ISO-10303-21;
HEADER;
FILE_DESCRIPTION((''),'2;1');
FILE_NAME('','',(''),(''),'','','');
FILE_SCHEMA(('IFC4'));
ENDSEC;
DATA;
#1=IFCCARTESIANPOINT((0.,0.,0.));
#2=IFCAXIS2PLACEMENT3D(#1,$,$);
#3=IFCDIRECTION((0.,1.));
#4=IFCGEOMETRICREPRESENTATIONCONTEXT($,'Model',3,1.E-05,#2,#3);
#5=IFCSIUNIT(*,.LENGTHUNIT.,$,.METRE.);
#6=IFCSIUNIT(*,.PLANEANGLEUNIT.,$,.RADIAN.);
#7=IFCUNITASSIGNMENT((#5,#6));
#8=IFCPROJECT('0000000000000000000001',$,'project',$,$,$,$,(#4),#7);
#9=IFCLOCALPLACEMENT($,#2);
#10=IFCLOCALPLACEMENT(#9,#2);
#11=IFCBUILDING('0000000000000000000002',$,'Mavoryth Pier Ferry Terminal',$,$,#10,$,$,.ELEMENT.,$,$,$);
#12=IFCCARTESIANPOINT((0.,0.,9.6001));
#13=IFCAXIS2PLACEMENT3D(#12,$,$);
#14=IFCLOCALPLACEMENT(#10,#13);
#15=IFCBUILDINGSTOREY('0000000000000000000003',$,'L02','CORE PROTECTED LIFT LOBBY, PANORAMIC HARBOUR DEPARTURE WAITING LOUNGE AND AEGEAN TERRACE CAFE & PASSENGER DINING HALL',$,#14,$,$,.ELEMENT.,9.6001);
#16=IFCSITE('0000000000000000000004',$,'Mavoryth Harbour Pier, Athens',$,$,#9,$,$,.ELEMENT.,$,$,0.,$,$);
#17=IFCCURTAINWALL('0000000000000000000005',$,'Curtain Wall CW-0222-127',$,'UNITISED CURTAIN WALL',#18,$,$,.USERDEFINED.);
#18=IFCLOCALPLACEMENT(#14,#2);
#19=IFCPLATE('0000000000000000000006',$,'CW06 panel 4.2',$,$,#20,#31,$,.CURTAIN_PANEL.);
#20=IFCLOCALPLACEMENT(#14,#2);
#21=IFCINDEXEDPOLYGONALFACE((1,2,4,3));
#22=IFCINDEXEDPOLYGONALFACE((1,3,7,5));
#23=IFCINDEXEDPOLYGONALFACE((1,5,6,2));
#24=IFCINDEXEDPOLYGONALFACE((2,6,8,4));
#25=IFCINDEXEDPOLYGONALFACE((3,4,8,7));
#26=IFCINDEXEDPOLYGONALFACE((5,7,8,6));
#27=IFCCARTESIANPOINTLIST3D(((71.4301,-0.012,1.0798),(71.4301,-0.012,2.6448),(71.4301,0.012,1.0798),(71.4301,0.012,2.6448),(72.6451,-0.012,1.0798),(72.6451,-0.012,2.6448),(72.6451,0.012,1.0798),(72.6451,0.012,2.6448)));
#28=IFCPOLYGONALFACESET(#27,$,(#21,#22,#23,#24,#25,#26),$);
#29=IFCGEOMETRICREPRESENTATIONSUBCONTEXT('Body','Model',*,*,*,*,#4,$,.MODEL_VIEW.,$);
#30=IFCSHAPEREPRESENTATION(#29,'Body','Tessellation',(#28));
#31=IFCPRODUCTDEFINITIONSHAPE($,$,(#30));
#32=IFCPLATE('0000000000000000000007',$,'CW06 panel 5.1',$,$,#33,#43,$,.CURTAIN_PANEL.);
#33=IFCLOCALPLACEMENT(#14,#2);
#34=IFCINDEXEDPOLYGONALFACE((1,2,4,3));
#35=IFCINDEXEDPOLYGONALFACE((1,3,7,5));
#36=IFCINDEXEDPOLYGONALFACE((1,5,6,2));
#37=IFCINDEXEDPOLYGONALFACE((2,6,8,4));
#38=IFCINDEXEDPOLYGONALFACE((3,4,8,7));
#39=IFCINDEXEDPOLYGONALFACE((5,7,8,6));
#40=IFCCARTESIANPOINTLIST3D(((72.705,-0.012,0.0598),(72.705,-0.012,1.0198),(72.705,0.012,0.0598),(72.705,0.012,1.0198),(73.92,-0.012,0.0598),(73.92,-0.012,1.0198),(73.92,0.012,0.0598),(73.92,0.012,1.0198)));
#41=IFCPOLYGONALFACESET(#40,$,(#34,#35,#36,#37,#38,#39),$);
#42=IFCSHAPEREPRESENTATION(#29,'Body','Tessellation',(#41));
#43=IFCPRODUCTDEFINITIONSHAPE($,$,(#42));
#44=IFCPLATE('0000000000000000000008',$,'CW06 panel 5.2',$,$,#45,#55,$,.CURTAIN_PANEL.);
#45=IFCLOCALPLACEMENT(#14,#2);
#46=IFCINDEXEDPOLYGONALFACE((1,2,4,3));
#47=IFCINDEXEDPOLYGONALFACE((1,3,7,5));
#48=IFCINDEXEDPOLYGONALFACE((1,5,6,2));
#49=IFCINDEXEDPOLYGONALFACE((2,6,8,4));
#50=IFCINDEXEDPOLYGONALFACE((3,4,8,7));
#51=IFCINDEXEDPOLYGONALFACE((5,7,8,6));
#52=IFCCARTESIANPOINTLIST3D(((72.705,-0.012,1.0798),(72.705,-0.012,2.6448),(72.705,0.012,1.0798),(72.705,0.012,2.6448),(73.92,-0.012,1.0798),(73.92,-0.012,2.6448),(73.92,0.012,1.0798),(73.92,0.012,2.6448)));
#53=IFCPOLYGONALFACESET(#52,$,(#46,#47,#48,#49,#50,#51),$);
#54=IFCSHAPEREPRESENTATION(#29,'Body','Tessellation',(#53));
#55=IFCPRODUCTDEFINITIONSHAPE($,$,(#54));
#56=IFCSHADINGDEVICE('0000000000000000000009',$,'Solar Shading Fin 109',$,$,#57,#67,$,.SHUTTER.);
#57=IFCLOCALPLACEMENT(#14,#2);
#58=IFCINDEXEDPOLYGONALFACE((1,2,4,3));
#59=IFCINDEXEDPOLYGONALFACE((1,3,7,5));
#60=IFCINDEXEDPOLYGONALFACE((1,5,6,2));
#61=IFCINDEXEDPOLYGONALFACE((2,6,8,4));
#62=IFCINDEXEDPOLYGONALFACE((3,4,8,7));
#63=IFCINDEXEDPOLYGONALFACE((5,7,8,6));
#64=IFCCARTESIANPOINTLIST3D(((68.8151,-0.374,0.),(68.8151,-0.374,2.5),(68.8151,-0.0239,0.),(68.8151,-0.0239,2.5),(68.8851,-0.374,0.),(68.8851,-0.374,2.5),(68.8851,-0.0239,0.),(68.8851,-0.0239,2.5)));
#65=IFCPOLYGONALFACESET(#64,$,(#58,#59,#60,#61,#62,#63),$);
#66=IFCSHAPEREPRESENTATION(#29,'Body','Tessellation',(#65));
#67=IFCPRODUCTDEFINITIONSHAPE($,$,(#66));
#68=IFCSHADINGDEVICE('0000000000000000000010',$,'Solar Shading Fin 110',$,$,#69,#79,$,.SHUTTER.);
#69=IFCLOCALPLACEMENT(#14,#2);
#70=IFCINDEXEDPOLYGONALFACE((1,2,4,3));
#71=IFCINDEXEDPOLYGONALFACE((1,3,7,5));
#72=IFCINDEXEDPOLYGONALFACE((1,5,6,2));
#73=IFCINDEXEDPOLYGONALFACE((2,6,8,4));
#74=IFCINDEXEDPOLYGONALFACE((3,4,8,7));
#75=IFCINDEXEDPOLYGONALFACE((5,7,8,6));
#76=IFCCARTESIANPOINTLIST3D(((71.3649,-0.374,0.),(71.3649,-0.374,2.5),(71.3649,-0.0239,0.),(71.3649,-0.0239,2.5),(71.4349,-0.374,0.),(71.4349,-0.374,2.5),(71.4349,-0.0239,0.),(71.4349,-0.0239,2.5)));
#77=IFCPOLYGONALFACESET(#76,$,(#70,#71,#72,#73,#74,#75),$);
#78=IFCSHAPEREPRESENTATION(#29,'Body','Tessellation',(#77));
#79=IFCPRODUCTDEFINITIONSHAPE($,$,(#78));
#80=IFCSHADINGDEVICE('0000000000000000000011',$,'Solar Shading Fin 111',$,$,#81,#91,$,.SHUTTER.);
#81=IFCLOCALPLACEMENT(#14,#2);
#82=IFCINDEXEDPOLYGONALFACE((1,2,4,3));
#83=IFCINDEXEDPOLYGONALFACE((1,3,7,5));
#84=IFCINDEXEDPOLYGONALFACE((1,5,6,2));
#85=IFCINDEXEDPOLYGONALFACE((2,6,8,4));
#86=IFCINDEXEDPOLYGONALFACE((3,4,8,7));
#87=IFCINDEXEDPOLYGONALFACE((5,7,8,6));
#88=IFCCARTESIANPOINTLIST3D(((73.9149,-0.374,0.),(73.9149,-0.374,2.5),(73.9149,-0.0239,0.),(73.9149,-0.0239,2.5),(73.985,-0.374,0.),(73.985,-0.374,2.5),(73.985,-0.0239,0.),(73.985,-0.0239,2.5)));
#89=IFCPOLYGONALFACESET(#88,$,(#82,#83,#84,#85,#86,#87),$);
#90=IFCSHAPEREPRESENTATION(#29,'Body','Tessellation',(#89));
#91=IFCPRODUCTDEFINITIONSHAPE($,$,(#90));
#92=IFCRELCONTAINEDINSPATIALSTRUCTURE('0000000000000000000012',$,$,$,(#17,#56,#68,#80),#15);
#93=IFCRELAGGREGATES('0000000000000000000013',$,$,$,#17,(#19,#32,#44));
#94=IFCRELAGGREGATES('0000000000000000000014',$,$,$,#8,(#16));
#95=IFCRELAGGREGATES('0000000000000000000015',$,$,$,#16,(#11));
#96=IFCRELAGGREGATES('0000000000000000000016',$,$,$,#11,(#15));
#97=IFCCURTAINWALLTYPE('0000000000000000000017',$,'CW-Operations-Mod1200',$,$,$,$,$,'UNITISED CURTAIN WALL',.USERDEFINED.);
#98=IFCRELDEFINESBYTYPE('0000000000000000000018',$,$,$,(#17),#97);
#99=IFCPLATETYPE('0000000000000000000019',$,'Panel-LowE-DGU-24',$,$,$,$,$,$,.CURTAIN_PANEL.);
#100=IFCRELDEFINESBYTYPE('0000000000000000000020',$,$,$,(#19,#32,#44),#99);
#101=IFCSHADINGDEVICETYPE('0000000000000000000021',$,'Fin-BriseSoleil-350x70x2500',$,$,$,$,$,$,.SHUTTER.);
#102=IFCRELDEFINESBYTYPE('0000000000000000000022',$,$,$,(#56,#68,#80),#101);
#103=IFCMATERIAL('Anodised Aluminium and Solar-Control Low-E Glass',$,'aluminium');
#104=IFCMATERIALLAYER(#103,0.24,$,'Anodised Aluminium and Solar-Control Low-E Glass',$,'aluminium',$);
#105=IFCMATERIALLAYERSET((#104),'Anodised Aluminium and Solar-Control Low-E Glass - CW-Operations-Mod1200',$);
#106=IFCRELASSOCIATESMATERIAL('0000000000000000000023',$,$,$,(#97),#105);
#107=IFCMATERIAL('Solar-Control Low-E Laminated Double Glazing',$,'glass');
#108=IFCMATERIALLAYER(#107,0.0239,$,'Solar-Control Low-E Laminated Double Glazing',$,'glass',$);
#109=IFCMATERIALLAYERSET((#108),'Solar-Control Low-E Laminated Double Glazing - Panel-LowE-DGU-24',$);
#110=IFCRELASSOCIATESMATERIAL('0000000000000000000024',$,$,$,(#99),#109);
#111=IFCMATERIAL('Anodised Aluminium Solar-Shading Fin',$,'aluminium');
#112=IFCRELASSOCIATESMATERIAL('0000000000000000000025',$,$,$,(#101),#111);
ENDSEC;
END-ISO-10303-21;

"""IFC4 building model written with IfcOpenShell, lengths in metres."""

from ifc_helpers import new_model, si_unit, direction, frame, origin, origin_2d, place, context, subcontext, project, spatial, rectangle, extrude, material, layer, layer_set, type_object, element, aggregate, save


model = new_model("IFC4")

# Units and contexts
model_context = context("Model", 3, precision=1e-05, world=origin(), true_north=direction((0.0, 1.0)))
body_context = subcontext(model_context, "Body", "Model", "MODEL_VIEW")
ifc_project = project(units=[si_unit("LENGTHUNIT", "METRE"), si_unit("PLANEANGLEUNIT", "RADIAN")], contexts=[model_context])

# Site, building, storey
site_placement = place(None, origin())
site = spatial("IfcSite", under=ifc_project, at=site_placement, Name="Mavoryth Harbour Pier, Athens", CompositionType="ELEMENT", RefElevation=0.0)
building_placement = place(site_placement, origin())
building = spatial("IfcBuilding", under=site, at=building_placement, Name="Mavoryth Pier Ferry Terminal", CompositionType="ELEMENT")
storey_placement = place(building_placement, frame((0.0, 0.0, 9.6001)))
storey = spatial("IfcBuildingStorey", under=building, at=storey_placement, Name="L02", Description="CORE PROTECTED LIFT LOBBY, PANORAMIC HARBOUR DEPARTURE WAITING LOUNGE AND AEGEAN TERRACE CAFE & PASSENGER DINING HALL", CompositionType="ELEMENT", Elevation=9.6001)

# Shared definitions
ifc_material_1 = material(Name="Anodised Aluminium and Solar-Control Low-E Glass", Category="aluminium")
ifc_layer_1 = layer(ifc_material_1, 0.24, Name="Anodised Aluminium and Solar-Control Low-E Glass", Category="aluminium")
ifc_layer_set_1 = layer_set([ifc_layer_1], Name="Anodised Aluminium and Solar-Control Low-E Glass - CW-Operations-Mod1200")
curtain_wall_type = type_object("IfcCurtainWallType", Name="CW-Operations-Mod1200", ElementType="UNITISED CURTAIN WALL", PredefinedType="USERDEFINED", material=ifc_layer_set_1)

# Curtain wall
curtain_wall_1_placement = place(storey_placement, origin())
curtain_wall_1 = element("IfcCurtainWall", 1, at=curtain_wall_1_placement, inside=storey, type_object=curtain_wall_type, Name="Curtain Wall CW-0222-127", ObjectType="UNITISED CURTAIN WALL", PredefinedType="USERDEFINED")

# Plates
ifc_material_2 = material(Name="Solar-Control Low-E Laminated Double Glazing", Category="glass")
ifc_layer_2 = layer(ifc_material_2, 0.0239, Name="Solar-Control Low-E Laminated Double Glazing", Category="glass")
ifc_layer_set_2 = layer_set([ifc_layer_2], Name="Solar-Control Low-E Laminated Double Glazing - Panel-LowE-DGU-24")
plate_type = type_object("IfcPlateType", Name="Panel-LowE-DGU-24", PredefinedType="CURTAIN_PANEL", material=ifc_layer_set_2)
plate_1_placement = place(storey_placement, frame((72.0376, 0.0, 1.0798), z_axis=(0.0, 0.0, 1.0), x_axis=(1.0, 0.0, 0.0)))
plate_1 = element("IfcPlate", 2, at=plate_1_placement, type_object=plate_type, Name="CW06 panel 4.2", PredefinedType="CURTAIN_PANEL", context=body_context, shape_type="SweptSolid", body=[
    extrude(rectangle(XDim=1.2151, YDim=0.0239, at=origin_2d()), origin(), (0.0, 0.0, 1.0), 1.5649),
])
plate_2_placement = place(storey_placement, frame((73.3125, 0.0, 0.0598), z_axis=(0.0, 0.0, 1.0), x_axis=(1.0, 0.0, 0.0)))
plate_2 = element("IfcPlate", 3, at=plate_2_placement, type_object=plate_type, Name="CW06 panel 5.1", PredefinedType="CURTAIN_PANEL", context=body_context, shape_type="SweptSolid", body=[
    extrude(rectangle(XDim=1.2151, YDim=0.0239, at=origin_2d()), origin(), (0.0, 0.0, 1.0), 0.96),
])
plate_3_placement = place(storey_placement, frame((73.3125, 0.0, 1.0798), z_axis=(0.0, 0.0, 1.0), x_axis=(1.0, 0.0, 0.0)))
plate_3 = element("IfcPlate", 4, at=plate_3_placement, type_object=plate_type, Name="CW06 panel 5.2", PredefinedType="CURTAIN_PANEL", context=body_context, shape_type="SweptSolid", body=[
    extrude(rectangle(XDim=1.2151, YDim=0.0239, at=origin_2d()), origin(), (0.0, 0.0, 1.0), 1.5649),
])
aggregate(curtain_wall_1, [plate_1, plate_2, plate_3])

# Shading devices
ifc_material_3 = material(Name="Anodised Aluminium Solar-Shading Fin", Category="aluminium")
shading_device_type = type_object("IfcShadingDeviceType", Name="Fin-BriseSoleil-350x70x2500", PredefinedType="SHUTTER", material=ifc_material_3)
for number, where, z_axis, x_axis, name in (
    (5, (68.8501, -0.199, 0.0), (0.0, 0.0, 1.0), (1.0, 0.0, 0.0), "Solar Shading Fin 109"),
    (6, (71.3999, -0.199, 0.0), (0.0, 0.0, 1.0), (1.0, 0.0, 0.0), "Solar Shading Fin 110"),
    (7, (73.95, -0.199, 0.0), (0.0, 0.0, 1.0), (1.0, 0.0, 0.0), "Solar Shading Fin 111"),
):
    element("IfcShadingDevice", number, at=place(storey_placement, frame(where, z_axis=z_axis, x_axis=x_axis)), inside=storey, type_object=shading_device_type, Name=name, PredefinedType="SHUTTER", context=body_context, shape_type="SweptSolid", body=[
        extrude(rectangle(XDim=0.0701, YDim=0.3501, at=origin_2d()), origin(), (0.0, 0.0, 1.0), 2.5),
    ])

save(model, "model.ifc")
